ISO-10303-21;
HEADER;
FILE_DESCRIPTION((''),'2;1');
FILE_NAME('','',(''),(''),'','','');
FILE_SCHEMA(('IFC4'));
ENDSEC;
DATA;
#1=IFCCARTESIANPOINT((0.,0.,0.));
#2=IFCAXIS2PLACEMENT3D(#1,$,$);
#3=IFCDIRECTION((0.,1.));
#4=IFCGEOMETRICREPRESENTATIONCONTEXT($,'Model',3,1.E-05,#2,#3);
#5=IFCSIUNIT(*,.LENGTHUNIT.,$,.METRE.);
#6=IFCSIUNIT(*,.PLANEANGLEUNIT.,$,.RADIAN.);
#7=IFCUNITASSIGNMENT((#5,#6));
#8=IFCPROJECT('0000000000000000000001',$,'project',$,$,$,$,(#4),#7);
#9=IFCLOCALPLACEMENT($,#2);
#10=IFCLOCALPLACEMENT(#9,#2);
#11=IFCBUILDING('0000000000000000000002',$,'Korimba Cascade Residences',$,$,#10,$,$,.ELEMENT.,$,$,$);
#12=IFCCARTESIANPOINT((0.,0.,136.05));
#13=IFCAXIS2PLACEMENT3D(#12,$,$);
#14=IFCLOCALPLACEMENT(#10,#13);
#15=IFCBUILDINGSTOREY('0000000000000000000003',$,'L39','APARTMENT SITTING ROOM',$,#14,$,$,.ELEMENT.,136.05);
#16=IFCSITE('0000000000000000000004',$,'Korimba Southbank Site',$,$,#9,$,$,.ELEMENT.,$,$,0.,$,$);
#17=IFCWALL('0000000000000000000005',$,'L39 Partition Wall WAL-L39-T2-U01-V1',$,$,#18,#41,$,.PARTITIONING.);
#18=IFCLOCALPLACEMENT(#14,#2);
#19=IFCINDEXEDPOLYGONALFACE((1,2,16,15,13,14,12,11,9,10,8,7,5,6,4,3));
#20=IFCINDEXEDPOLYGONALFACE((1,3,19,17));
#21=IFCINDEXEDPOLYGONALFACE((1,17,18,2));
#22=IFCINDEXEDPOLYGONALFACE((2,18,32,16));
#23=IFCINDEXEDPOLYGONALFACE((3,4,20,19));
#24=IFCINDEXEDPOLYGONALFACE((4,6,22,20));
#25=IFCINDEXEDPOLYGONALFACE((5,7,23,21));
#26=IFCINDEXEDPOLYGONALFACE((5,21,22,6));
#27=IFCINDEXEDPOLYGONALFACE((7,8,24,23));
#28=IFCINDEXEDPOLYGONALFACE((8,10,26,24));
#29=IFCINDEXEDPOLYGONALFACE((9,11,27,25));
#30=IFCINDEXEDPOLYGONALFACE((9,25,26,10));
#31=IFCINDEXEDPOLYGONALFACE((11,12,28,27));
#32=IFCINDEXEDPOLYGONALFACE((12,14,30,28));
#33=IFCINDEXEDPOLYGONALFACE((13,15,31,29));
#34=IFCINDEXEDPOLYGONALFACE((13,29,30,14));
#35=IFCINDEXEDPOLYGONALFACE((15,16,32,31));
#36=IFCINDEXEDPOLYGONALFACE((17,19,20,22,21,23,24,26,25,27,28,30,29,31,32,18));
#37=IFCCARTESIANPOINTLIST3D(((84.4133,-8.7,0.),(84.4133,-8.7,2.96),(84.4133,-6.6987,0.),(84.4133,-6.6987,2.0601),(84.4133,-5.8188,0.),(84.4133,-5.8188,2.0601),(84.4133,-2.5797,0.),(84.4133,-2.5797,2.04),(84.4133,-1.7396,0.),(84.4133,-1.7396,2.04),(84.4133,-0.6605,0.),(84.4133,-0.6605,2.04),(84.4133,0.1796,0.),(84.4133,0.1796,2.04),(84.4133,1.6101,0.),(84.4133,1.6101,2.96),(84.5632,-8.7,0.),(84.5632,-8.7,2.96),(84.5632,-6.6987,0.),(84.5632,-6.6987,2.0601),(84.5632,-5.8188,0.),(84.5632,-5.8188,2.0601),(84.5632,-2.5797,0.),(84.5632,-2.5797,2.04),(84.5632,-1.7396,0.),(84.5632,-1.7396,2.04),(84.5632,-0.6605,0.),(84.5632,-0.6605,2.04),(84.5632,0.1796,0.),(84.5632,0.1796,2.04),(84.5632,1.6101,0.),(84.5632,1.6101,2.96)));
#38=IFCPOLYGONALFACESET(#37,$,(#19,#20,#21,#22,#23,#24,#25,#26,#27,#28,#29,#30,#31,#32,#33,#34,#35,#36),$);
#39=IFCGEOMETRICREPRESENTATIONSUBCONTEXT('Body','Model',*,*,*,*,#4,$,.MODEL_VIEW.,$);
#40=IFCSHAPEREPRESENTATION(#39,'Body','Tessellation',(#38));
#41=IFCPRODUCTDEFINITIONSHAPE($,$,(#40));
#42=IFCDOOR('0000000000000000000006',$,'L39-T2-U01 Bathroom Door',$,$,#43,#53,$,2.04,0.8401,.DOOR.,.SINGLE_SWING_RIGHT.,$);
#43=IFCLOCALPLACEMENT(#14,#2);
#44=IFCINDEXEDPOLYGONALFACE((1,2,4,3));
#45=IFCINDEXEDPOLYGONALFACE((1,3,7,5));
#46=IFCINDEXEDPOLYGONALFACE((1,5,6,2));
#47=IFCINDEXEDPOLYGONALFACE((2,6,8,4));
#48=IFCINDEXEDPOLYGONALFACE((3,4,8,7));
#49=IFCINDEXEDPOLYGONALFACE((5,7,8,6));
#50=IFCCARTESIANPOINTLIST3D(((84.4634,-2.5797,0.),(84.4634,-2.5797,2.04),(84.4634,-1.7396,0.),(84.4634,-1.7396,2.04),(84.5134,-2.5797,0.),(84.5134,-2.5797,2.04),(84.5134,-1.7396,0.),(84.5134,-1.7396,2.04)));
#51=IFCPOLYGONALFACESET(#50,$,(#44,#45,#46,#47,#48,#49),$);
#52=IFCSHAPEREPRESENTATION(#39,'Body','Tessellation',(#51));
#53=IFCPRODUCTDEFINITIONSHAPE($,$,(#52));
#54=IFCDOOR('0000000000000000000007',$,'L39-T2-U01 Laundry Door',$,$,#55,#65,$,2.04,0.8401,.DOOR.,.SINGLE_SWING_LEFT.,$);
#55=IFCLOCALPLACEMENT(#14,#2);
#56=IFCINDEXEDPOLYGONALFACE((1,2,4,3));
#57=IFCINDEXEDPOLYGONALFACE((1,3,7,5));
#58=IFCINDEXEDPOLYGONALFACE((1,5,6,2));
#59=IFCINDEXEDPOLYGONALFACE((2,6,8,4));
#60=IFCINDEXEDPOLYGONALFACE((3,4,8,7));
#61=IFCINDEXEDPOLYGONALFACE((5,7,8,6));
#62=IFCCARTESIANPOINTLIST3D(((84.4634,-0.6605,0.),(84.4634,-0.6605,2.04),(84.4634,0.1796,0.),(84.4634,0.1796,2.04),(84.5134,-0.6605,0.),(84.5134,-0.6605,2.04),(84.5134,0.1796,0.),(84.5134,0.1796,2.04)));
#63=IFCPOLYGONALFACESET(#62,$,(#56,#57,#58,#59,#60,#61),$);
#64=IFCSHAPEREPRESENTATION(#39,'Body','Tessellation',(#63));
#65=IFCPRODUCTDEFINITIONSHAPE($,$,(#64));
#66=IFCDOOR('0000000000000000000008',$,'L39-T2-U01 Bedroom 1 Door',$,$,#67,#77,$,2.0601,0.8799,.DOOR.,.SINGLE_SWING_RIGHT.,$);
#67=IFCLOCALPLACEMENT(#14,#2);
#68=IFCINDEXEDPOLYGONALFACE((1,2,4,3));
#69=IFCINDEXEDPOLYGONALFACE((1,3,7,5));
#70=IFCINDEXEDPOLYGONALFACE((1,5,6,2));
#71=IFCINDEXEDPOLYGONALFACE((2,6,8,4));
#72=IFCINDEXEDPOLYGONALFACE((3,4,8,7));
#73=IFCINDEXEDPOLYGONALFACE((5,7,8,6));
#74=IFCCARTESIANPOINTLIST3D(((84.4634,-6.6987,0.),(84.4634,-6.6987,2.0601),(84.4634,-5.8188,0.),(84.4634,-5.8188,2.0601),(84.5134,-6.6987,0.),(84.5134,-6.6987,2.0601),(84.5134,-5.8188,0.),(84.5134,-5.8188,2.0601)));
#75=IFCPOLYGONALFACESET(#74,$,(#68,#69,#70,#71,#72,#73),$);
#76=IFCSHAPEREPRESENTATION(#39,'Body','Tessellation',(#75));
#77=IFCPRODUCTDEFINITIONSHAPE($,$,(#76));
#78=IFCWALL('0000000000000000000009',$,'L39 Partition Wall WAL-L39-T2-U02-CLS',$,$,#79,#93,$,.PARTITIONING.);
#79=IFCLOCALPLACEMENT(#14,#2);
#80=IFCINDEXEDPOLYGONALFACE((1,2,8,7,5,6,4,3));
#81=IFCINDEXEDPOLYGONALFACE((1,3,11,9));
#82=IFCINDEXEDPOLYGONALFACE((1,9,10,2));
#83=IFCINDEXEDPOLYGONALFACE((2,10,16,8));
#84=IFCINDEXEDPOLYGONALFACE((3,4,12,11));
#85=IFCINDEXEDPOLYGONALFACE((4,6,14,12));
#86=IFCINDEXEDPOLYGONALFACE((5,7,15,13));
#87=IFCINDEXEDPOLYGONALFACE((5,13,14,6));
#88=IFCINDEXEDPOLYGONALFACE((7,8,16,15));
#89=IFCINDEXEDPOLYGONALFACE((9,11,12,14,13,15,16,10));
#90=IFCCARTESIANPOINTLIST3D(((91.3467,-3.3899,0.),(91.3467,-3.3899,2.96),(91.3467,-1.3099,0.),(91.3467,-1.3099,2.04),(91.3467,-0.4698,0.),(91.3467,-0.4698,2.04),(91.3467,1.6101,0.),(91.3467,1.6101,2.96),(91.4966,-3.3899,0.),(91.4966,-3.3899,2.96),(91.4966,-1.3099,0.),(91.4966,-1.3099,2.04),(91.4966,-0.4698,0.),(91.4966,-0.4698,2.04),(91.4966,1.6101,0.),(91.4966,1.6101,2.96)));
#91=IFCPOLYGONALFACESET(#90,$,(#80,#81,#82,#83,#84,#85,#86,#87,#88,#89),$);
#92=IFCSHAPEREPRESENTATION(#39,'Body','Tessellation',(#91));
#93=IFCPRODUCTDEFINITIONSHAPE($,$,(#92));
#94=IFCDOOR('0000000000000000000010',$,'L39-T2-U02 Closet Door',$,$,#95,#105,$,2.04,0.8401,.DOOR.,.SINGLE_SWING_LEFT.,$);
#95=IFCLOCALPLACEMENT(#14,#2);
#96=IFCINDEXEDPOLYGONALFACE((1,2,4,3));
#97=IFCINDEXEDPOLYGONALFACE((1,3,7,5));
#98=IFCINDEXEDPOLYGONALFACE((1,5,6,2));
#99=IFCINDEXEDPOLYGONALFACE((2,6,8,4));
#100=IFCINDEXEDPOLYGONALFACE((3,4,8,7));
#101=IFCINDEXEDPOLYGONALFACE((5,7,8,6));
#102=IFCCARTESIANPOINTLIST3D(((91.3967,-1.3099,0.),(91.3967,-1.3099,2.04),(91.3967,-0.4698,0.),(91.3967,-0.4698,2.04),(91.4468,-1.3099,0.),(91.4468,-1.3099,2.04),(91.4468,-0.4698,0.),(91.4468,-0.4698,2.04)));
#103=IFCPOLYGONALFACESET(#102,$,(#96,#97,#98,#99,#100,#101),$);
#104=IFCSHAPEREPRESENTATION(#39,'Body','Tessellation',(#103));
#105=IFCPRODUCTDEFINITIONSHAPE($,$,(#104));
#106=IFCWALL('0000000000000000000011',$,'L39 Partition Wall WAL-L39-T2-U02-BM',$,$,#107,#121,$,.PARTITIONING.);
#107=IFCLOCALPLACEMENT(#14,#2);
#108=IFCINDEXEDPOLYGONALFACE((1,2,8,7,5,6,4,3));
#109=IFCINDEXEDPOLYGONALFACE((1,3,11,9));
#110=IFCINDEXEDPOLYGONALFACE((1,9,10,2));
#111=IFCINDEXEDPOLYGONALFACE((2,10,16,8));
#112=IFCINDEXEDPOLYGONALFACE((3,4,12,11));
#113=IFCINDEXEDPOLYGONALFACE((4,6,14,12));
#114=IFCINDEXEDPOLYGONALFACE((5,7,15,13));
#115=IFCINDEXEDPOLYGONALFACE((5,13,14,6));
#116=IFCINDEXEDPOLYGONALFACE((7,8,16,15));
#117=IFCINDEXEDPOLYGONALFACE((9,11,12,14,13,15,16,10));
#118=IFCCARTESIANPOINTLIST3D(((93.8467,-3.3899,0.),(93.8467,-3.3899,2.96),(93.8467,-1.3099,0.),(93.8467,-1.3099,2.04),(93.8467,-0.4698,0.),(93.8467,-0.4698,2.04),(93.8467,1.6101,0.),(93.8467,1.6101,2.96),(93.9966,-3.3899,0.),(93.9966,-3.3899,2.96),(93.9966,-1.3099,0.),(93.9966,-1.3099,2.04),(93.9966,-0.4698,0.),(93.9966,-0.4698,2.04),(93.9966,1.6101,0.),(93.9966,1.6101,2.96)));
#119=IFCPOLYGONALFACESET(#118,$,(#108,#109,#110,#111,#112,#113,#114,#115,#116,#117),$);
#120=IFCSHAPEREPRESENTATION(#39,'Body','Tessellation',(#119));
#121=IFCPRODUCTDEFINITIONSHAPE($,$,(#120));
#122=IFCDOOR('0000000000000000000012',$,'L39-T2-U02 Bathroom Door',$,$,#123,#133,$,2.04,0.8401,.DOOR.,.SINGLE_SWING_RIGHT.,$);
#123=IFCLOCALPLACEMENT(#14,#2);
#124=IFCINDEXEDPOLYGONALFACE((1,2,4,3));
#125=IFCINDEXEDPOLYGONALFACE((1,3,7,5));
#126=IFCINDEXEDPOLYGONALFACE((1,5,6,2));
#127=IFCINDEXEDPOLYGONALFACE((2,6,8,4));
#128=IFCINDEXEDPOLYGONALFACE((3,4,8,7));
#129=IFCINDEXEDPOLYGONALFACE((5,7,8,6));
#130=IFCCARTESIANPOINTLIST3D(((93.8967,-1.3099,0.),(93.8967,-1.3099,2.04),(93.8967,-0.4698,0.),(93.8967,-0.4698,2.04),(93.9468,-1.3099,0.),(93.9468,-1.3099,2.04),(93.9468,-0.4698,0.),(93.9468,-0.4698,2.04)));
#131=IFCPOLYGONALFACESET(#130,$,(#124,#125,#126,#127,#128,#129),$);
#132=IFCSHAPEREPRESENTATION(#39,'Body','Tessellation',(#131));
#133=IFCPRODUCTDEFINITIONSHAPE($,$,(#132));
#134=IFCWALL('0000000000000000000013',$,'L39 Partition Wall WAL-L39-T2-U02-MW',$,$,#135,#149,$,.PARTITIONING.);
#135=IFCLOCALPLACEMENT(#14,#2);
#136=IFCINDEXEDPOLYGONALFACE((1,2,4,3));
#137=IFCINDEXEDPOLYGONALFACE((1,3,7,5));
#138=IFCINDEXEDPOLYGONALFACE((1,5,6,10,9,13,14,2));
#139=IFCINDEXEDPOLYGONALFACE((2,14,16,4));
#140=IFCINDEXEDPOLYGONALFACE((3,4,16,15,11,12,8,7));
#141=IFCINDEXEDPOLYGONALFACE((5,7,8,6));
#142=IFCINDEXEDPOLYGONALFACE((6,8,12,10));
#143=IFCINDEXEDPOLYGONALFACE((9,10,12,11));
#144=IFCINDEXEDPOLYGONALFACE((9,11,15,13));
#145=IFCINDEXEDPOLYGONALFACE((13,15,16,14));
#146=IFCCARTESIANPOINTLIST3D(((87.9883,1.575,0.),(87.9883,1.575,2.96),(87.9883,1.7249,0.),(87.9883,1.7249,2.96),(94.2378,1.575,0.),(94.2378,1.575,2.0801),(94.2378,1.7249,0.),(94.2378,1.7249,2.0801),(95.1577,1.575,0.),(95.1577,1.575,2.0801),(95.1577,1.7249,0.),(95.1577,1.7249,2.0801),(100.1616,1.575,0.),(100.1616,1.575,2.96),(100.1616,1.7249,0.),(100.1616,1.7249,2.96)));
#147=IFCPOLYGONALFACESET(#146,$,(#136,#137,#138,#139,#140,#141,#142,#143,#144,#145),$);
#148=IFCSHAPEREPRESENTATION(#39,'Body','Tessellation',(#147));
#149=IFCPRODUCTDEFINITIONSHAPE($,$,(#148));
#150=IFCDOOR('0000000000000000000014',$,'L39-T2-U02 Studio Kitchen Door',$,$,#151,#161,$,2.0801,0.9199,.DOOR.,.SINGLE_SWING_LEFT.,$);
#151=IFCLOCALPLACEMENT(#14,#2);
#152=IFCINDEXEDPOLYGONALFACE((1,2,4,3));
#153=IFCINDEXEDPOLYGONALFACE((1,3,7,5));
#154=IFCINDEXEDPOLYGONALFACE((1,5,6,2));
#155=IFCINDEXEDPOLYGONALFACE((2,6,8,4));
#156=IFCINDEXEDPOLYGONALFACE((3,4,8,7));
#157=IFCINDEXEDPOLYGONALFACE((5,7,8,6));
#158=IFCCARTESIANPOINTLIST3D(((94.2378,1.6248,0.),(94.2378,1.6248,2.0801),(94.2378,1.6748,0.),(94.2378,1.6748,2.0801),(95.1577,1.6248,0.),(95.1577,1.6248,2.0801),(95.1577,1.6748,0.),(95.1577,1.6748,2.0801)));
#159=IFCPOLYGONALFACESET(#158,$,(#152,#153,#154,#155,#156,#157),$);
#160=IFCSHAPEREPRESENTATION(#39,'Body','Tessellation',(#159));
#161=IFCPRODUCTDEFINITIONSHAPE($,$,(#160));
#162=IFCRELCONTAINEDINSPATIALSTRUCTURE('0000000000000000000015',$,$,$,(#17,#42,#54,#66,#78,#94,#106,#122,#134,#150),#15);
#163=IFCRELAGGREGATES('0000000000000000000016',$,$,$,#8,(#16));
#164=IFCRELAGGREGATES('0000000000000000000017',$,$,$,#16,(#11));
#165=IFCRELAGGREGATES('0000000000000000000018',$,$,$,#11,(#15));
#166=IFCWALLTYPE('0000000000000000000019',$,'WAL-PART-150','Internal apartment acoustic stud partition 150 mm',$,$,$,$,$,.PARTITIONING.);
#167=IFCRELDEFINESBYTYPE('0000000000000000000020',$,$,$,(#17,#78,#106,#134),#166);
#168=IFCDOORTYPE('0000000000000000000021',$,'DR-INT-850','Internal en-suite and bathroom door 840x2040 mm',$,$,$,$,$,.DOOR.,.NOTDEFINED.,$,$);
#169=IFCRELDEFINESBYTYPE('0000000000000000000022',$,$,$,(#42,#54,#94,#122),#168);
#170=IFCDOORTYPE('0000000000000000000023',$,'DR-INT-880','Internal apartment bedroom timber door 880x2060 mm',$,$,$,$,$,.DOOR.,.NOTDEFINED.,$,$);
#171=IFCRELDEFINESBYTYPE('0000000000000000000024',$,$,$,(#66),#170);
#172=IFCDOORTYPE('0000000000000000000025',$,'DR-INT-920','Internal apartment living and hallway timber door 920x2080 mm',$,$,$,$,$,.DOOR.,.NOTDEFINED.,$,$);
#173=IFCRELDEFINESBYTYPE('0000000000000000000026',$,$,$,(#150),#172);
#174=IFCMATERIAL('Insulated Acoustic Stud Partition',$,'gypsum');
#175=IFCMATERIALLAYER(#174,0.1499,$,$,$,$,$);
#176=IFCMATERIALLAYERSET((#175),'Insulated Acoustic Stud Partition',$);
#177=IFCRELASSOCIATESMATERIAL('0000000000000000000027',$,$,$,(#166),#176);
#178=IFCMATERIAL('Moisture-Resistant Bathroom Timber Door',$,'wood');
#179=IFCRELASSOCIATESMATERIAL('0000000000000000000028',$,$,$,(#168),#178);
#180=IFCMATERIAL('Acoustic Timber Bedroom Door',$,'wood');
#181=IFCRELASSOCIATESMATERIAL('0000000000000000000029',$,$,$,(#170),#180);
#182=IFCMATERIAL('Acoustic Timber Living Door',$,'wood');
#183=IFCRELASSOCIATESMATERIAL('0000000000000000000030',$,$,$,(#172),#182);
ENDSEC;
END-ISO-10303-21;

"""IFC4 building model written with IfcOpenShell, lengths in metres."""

from ifc_helpers import new_model, si_unit, direction, frame, frame_2d, origin, place, context, subcontext, project, spatial, rectangle, extrude, material, layer, layer_set, type_object, element, fill, save


model = new_model("IFC4")

# Units and contexts
model_context = context("Model", 3, precision=1e-05, world=origin(), true_north=direction((0.0, 1.0)))
body_context = subcontext(model_context, "Body", "Model", "MODEL_VIEW")
ifc_project = project(units=[si_unit("LENGTHUNIT", "METRE"), si_unit("PLANEANGLEUNIT", "RADIAN")], contexts=[model_context])

# Site, building, storey
site_placement = place(None, origin())
site = spatial("IfcSite", under=ifc_project, at=site_placement, Name="Korimba Southbank Site", CompositionType="ELEMENT", RefElevation=0.0)
building_placement = place(site_placement, origin())
building = spatial("IfcBuilding", under=site, at=building_placement, Name="Korimba Cascade Residences", CompositionType="ELEMENT")
storey_placement = place(building_placement, frame((0.0, 0.0, 136.05)))
storey = spatial("IfcBuildingStorey", under=building, at=storey_placement, Name="L39", Description="APARTMENT SITTING ROOM", CompositionType="ELEMENT", Elevation=136.05)

# Shared definitions
ifc_material_1 = material(Name="Insulated Acoustic Stud Partition", Category="gypsum")
ifc_layer_1 = layer(ifc_material_1, 0.1499)
ifc_layer_set_1 = layer_set([ifc_layer_1], Name="Insulated Acoustic Stud Partition")
wall_type_1 = type_object("IfcWallType", Name="WAL-PART-150", Description="Internal apartment acoustic stud partition 150 mm", PredefinedType="PARTITIONING", material=ifc_layer_set_1)

# Wall, openings, doors
wall_1_placement = place(storey_placement, frame((84.4883, -8.7, 0.0), z_axis=(0.0, 0.0, 1.0), x_axis=(0.0, 1.0, 0.0)))
wall_1 = element("IfcWall", 1, at=wall_1_placement, inside=storey, type_object=wall_type_1, Name="L39 Partition Wall WAL-L39-T2-U01-V1", PredefinedType="PARTITIONING", context=body_context, shape_type="SweptSolid", body=[
    extrude(rectangle(XDim=10.3101, YDim=0.1499, at=frame_2d((5.155, 0.0))), origin(), (0.0, 0.0, 1.0), 2.96),
])
opening_1_placement = place(wall_1_placement, frame((6.1204, 0.0, 0.0)))
opening_1 = element("IfcOpeningElement", 2, at=opening_1_placement, cuts=wall_1, PredefinedType="OPENING", context=body_context, shape_type="SweptSolid", body=[
    extrude(rectangle(XDim=0.8401, YDim=2.04, at=frame_2d((0.4199, 1.02))), frame((0.0, 0.085, 0.0), z_axis=(0.0, -1.0, 0.0), x_axis=(1.0, 0.0, 0.0)), (0.0, 0.0, 1.0), 0.1699),
])
opening_2_placement = place(wall_1_placement, frame((8.0396, 0.0, 0.0)))
opening_2 = element("IfcOpeningElement", 3, at=opening_2_placement, cuts=wall_1, PredefinedType="OPENING", context=body_context, shape_type="SweptSolid", body=[
    extrude(rectangle(XDim=0.8401, YDim=2.04, at=frame_2d((0.4199, 1.02))), frame((0.0, 0.085, 0.0), z_axis=(0.0, -1.0, 0.0), x_axis=(1.0, 0.0, 0.0)), (0.0, 0.0, 1.0), 0.1699),
])
opening_3_placement = place(wall_1_placement, frame((2.0012, 0.0, 0.0)))
opening_3 = element("IfcOpeningElement", 4, at=opening_3_placement, cuts=wall_1, PredefinedType="OPENING", context=body_context, shape_type="SweptSolid", body=[
    extrude(rectangle(XDim=0.8799, YDim=2.0601, at=frame_2d((0.4399, 1.03))), frame((0.0, 0.085, 0.0), z_axis=(0.0, -1.0, 0.0), x_axis=(1.0, 0.0, 0.0)), (0.0, 0.0, 1.0), 0.1699),
])
ifc_material_2 = material(Name="Moisture-Resistant Bathroom Timber Door", Category="wood")
door_type_1 = type_object("IfcDoorType", Name="DR-INT-850", Description="Internal en-suite and bathroom door 840x2040 mm", OperationType="NOTDEFINED", PredefinedType="DOOR", material=ifc_material_2)
door_1_placement = place(opening_1_placement, origin())
door_1 = element("IfcDoor", 5, at=door_1_placement, inside=storey, type_object=door_type_1, Name="L39-T2-U01 Bathroom Door", OperationType="SINGLE_SWING_RIGHT", OverallHeight=2.04, OverallWidth=0.8401, PredefinedType="DOOR", context=body_context, shape_type="SweptSolid", body=[
    extrude(rectangle(XDim=0.8401, YDim=2.04, at=frame_2d((0.4199, 1.02))), frame((0.0, 0.0249, 0.0), z_axis=(0.0, -1.0, 0.0), x_axis=(1.0, 0.0, 0.0)), (0.0, 0.0, 1.0), 0.05),
])
fill(opening_1, door_1)
door_2_placement = place(opening_2_placement, origin())
door_2 = element("IfcDoor", 6, at=door_2_placement, inside=storey, type_object=door_type_1, Name="L39-T2-U01 Laundry Door", OperationType="SINGLE_SWING_LEFT", OverallHeight=2.04, OverallWidth=0.8401, PredefinedType="DOOR", context=body_context, shape_type="SweptSolid", body=[
    extrude(rectangle(XDim=0.8401, YDim=2.04, at=frame_2d((0.4199, 1.02))), frame((0.0, 0.0249, 0.0), z_axis=(0.0, -1.0, 0.0), x_axis=(1.0, 0.0, 0.0)), (0.0, 0.0, 1.0), 0.05),
])
fill(opening_2, door_2)
ifc_material_3 = material(Name="Acoustic Timber Bedroom Door", Category="wood")
door_type_2 = type_object("IfcDoorType", Name="DR-INT-880", Description="Internal apartment bedroom timber door 880x2060 mm", OperationType="NOTDEFINED", PredefinedType="DOOR", material=ifc_material_3)
door_3_placement = place(opening_3_placement, origin())
door_3 = element("IfcDoor", 7, at=door_3_placement, inside=storey, type_object=door_type_2, Name="L39-T2-U01 Bedroom 1 Door", OperationType="SINGLE_SWING_RIGHT", OverallHeight=2.0601, OverallWidth=0.8799, PredefinedType="DOOR", context=body_context, shape_type="SweptSolid", body=[
    extrude(rectangle(XDim=0.8799, YDim=2.0601, at=frame_2d((0.4399, 1.03))), frame((0.0, 0.0249, 0.0), z_axis=(0.0, -1.0, 0.0), x_axis=(1.0, 0.0, 0.0)), (0.0, 0.0, 1.0), 0.05),
])
fill(opening_3, door_3)

# Walls, openings, doors
wall_2_placement = place(storey_placement, frame((91.4216, -3.3899, 0.0), z_axis=(0.0, 0.0, 1.0), x_axis=(0.0, 1.0, 0.0)))
wall_2 = element("IfcWall", 8, at=wall_2_placement, inside=storey, type_object=wall_type_1, Name="L39 Partition Wall WAL-L39-T2-U02-CLS", PredefinedType="PARTITIONING", context=body_context, shape_type="SweptSolid", body=[
    extrude(rectangle(XDim=5.0, YDim=0.1499, at=frame_2d((2.5, 0.0))), origin(), (0.0, 0.0, 1.0), 2.96),
])
opening_4_placement = place(wall_2_placement, frame((2.0801, 0.0, 0.0)))
opening_4 = element("IfcOpeningElement", 9, at=opening_4_placement, cuts=wall_2, PredefinedType="OPENING", context=body_context, shape_type="SweptSolid", body=[
    extrude(rectangle(XDim=0.8401, YDim=2.04, at=frame_2d((0.4199, 1.02))), frame((0.0, 0.085, 0.0), z_axis=(0.0, -1.0, 0.0), x_axis=(1.0, 0.0, 0.0)), (0.0, 0.0, 1.0), 0.1699),
])
door_4_placement = place(opening_4_placement, origin())
door_4 = element("IfcDoor", 10, at=door_4_placement, inside=storey, type_object=door_type_1, Name="L39-T2-U02 Closet Door", OperationType="SINGLE_SWING_LEFT", OverallHeight=2.04, OverallWidth=0.8401, PredefinedType="DOOR", context=body_context, shape_type="SweptSolid", body=[
    extrude(rectangle(XDim=0.8401, YDim=2.04, at=frame_2d((0.4199, 1.02))), frame((0.0, 0.0249, 0.0), z_axis=(0.0, -1.0, 0.0), x_axis=(1.0, 0.0, 0.0)), (0.0, 0.0, 1.0), 0.05),
])
fill(opening_4, door_4)
wall_3_placement = place(storey_placement, frame((93.9216, -3.3899, 0.0), z_axis=(0.0, 0.0, 1.0), x_axis=(0.0, 1.0, 0.0)))
wall_3 = element("IfcWall", 11, at=wall_3_placement, inside=storey, type_object=wall_type_1, Name="L39 Partition Wall WAL-L39-T2-U02-BM", PredefinedType="PARTITIONING", context=body_context, shape_type="SweptSolid", body=[
    extrude(rectangle(XDim=5.0, YDim=0.1499, at=frame_2d((2.5, 0.0))), origin(), (0.0, 0.0, 1.0), 2.96),
])
opening_5_placement = place(wall_3_placement, frame((2.0801, 0.0, 0.0)))
opening_5 = element("IfcOpeningElement", 12, at=opening_5_placement, cuts=wall_3, PredefinedType="OPENING", context=body_context, shape_type="SweptSolid", body=[
    extrude(rectangle(XDim=0.8401, YDim=2.04, at=frame_2d((0.4199, 1.02))), frame((0.0, 0.085, 0.0), z_axis=(0.0, -1.0, 0.0), x_axis=(1.0, 0.0, 0.0)), (0.0, 0.0, 1.0), 0.1699),
])
door_5_placement = place(opening_5_placement, origin())
door_5 = element("IfcDoor", 13, at=door_5_placement, inside=storey, type_object=door_type_1, Name="L39-T2-U02 Bathroom Door", OperationType="SINGLE_SWING_RIGHT", OverallHeight=2.04, OverallWidth=0.8401, PredefinedType="DOOR", context=body_context, shape_type="SweptSolid", body=[
    extrude(rectangle(XDim=0.8401, YDim=2.04, at=frame_2d((0.4199, 1.02))), frame((0.0, 0.0249, 0.0), z_axis=(0.0, -1.0, 0.0), x_axis=(1.0, 0.0, 0.0)), (0.0, 0.0, 1.0), 0.05),
])
fill(opening_5, door_5)
wall_4_placement = place(storey_placement, frame((87.9883, 1.6499, 0.0), z_axis=(0.0, 0.0, 1.0), x_axis=(1.0, 0.0, 0.0)))
wall_4 = element("IfcWall", 14, at=wall_4_placement, inside=storey, type_object=wall_type_1, Name="L39 Partition Wall WAL-L39-T2-U02-MW", PredefinedType="PARTITIONING", context=body_context, shape_type="SweptSolid", body=[
    extrude(rectangle(XDim=12.1733, YDim=0.1499, at=frame_2d((6.0867, 0.0))), origin(), (0.0, 0.0, 1.0), 2.96),
])
opening_6_placement = place(wall_4_placement, frame((6.2495, 0.0, 0.0)))
opening_6 = element("IfcOpeningElement", 15, at=opening_6_placement, cuts=wall_4, PredefinedType="OPENING", context=body_context, shape_type="SweptSolid", body=[
    extrude(rectangle(XDim=0.9199, YDim=2.0801, at=frame_2d((0.46, 1.04))), frame((0.0, 0.085, 0.0), z_axis=(0.0, -1.0, 0.0), x_axis=(1.0, 0.0, 0.0)), (0.0, 0.0, 1.0), 0.1699),
])
ifc_material_4 = material(Name="Acoustic Timber Living Door", Category="wood")
door_type_3 = type_object("IfcDoorType", Name="DR-INT-920", Description="Internal apartment living and hallway timber door 920x2080 mm", OperationType="NOTDEFINED", PredefinedType="DOOR", material=ifc_material_4)
door_6_placement = place(opening_6_placement, origin())
door_6 = element("IfcDoor", 16, at=door_6_placement, inside=storey, type_object=door_type_3, Name="L39-T2-U02 Studio Kitchen Door", OperationType="SINGLE_SWING_LEFT", OverallHeight=2.0801, OverallWidth=0.9199, PredefinedType="DOOR", context=body_context, shape_type="SweptSolid", body=[
    extrude(rectangle(XDim=0.9199, YDim=2.0801, at=frame_2d((0.46, 1.04))), frame((0.0, 0.0249, 0.0), z_axis=(0.0, -1.0, 0.0), x_axis=(1.0, 0.0, 0.0)), (0.0, 0.0, 1.0), 0.05),
])
fill(opening_6, door_6)

save(model, "model.ifc")
